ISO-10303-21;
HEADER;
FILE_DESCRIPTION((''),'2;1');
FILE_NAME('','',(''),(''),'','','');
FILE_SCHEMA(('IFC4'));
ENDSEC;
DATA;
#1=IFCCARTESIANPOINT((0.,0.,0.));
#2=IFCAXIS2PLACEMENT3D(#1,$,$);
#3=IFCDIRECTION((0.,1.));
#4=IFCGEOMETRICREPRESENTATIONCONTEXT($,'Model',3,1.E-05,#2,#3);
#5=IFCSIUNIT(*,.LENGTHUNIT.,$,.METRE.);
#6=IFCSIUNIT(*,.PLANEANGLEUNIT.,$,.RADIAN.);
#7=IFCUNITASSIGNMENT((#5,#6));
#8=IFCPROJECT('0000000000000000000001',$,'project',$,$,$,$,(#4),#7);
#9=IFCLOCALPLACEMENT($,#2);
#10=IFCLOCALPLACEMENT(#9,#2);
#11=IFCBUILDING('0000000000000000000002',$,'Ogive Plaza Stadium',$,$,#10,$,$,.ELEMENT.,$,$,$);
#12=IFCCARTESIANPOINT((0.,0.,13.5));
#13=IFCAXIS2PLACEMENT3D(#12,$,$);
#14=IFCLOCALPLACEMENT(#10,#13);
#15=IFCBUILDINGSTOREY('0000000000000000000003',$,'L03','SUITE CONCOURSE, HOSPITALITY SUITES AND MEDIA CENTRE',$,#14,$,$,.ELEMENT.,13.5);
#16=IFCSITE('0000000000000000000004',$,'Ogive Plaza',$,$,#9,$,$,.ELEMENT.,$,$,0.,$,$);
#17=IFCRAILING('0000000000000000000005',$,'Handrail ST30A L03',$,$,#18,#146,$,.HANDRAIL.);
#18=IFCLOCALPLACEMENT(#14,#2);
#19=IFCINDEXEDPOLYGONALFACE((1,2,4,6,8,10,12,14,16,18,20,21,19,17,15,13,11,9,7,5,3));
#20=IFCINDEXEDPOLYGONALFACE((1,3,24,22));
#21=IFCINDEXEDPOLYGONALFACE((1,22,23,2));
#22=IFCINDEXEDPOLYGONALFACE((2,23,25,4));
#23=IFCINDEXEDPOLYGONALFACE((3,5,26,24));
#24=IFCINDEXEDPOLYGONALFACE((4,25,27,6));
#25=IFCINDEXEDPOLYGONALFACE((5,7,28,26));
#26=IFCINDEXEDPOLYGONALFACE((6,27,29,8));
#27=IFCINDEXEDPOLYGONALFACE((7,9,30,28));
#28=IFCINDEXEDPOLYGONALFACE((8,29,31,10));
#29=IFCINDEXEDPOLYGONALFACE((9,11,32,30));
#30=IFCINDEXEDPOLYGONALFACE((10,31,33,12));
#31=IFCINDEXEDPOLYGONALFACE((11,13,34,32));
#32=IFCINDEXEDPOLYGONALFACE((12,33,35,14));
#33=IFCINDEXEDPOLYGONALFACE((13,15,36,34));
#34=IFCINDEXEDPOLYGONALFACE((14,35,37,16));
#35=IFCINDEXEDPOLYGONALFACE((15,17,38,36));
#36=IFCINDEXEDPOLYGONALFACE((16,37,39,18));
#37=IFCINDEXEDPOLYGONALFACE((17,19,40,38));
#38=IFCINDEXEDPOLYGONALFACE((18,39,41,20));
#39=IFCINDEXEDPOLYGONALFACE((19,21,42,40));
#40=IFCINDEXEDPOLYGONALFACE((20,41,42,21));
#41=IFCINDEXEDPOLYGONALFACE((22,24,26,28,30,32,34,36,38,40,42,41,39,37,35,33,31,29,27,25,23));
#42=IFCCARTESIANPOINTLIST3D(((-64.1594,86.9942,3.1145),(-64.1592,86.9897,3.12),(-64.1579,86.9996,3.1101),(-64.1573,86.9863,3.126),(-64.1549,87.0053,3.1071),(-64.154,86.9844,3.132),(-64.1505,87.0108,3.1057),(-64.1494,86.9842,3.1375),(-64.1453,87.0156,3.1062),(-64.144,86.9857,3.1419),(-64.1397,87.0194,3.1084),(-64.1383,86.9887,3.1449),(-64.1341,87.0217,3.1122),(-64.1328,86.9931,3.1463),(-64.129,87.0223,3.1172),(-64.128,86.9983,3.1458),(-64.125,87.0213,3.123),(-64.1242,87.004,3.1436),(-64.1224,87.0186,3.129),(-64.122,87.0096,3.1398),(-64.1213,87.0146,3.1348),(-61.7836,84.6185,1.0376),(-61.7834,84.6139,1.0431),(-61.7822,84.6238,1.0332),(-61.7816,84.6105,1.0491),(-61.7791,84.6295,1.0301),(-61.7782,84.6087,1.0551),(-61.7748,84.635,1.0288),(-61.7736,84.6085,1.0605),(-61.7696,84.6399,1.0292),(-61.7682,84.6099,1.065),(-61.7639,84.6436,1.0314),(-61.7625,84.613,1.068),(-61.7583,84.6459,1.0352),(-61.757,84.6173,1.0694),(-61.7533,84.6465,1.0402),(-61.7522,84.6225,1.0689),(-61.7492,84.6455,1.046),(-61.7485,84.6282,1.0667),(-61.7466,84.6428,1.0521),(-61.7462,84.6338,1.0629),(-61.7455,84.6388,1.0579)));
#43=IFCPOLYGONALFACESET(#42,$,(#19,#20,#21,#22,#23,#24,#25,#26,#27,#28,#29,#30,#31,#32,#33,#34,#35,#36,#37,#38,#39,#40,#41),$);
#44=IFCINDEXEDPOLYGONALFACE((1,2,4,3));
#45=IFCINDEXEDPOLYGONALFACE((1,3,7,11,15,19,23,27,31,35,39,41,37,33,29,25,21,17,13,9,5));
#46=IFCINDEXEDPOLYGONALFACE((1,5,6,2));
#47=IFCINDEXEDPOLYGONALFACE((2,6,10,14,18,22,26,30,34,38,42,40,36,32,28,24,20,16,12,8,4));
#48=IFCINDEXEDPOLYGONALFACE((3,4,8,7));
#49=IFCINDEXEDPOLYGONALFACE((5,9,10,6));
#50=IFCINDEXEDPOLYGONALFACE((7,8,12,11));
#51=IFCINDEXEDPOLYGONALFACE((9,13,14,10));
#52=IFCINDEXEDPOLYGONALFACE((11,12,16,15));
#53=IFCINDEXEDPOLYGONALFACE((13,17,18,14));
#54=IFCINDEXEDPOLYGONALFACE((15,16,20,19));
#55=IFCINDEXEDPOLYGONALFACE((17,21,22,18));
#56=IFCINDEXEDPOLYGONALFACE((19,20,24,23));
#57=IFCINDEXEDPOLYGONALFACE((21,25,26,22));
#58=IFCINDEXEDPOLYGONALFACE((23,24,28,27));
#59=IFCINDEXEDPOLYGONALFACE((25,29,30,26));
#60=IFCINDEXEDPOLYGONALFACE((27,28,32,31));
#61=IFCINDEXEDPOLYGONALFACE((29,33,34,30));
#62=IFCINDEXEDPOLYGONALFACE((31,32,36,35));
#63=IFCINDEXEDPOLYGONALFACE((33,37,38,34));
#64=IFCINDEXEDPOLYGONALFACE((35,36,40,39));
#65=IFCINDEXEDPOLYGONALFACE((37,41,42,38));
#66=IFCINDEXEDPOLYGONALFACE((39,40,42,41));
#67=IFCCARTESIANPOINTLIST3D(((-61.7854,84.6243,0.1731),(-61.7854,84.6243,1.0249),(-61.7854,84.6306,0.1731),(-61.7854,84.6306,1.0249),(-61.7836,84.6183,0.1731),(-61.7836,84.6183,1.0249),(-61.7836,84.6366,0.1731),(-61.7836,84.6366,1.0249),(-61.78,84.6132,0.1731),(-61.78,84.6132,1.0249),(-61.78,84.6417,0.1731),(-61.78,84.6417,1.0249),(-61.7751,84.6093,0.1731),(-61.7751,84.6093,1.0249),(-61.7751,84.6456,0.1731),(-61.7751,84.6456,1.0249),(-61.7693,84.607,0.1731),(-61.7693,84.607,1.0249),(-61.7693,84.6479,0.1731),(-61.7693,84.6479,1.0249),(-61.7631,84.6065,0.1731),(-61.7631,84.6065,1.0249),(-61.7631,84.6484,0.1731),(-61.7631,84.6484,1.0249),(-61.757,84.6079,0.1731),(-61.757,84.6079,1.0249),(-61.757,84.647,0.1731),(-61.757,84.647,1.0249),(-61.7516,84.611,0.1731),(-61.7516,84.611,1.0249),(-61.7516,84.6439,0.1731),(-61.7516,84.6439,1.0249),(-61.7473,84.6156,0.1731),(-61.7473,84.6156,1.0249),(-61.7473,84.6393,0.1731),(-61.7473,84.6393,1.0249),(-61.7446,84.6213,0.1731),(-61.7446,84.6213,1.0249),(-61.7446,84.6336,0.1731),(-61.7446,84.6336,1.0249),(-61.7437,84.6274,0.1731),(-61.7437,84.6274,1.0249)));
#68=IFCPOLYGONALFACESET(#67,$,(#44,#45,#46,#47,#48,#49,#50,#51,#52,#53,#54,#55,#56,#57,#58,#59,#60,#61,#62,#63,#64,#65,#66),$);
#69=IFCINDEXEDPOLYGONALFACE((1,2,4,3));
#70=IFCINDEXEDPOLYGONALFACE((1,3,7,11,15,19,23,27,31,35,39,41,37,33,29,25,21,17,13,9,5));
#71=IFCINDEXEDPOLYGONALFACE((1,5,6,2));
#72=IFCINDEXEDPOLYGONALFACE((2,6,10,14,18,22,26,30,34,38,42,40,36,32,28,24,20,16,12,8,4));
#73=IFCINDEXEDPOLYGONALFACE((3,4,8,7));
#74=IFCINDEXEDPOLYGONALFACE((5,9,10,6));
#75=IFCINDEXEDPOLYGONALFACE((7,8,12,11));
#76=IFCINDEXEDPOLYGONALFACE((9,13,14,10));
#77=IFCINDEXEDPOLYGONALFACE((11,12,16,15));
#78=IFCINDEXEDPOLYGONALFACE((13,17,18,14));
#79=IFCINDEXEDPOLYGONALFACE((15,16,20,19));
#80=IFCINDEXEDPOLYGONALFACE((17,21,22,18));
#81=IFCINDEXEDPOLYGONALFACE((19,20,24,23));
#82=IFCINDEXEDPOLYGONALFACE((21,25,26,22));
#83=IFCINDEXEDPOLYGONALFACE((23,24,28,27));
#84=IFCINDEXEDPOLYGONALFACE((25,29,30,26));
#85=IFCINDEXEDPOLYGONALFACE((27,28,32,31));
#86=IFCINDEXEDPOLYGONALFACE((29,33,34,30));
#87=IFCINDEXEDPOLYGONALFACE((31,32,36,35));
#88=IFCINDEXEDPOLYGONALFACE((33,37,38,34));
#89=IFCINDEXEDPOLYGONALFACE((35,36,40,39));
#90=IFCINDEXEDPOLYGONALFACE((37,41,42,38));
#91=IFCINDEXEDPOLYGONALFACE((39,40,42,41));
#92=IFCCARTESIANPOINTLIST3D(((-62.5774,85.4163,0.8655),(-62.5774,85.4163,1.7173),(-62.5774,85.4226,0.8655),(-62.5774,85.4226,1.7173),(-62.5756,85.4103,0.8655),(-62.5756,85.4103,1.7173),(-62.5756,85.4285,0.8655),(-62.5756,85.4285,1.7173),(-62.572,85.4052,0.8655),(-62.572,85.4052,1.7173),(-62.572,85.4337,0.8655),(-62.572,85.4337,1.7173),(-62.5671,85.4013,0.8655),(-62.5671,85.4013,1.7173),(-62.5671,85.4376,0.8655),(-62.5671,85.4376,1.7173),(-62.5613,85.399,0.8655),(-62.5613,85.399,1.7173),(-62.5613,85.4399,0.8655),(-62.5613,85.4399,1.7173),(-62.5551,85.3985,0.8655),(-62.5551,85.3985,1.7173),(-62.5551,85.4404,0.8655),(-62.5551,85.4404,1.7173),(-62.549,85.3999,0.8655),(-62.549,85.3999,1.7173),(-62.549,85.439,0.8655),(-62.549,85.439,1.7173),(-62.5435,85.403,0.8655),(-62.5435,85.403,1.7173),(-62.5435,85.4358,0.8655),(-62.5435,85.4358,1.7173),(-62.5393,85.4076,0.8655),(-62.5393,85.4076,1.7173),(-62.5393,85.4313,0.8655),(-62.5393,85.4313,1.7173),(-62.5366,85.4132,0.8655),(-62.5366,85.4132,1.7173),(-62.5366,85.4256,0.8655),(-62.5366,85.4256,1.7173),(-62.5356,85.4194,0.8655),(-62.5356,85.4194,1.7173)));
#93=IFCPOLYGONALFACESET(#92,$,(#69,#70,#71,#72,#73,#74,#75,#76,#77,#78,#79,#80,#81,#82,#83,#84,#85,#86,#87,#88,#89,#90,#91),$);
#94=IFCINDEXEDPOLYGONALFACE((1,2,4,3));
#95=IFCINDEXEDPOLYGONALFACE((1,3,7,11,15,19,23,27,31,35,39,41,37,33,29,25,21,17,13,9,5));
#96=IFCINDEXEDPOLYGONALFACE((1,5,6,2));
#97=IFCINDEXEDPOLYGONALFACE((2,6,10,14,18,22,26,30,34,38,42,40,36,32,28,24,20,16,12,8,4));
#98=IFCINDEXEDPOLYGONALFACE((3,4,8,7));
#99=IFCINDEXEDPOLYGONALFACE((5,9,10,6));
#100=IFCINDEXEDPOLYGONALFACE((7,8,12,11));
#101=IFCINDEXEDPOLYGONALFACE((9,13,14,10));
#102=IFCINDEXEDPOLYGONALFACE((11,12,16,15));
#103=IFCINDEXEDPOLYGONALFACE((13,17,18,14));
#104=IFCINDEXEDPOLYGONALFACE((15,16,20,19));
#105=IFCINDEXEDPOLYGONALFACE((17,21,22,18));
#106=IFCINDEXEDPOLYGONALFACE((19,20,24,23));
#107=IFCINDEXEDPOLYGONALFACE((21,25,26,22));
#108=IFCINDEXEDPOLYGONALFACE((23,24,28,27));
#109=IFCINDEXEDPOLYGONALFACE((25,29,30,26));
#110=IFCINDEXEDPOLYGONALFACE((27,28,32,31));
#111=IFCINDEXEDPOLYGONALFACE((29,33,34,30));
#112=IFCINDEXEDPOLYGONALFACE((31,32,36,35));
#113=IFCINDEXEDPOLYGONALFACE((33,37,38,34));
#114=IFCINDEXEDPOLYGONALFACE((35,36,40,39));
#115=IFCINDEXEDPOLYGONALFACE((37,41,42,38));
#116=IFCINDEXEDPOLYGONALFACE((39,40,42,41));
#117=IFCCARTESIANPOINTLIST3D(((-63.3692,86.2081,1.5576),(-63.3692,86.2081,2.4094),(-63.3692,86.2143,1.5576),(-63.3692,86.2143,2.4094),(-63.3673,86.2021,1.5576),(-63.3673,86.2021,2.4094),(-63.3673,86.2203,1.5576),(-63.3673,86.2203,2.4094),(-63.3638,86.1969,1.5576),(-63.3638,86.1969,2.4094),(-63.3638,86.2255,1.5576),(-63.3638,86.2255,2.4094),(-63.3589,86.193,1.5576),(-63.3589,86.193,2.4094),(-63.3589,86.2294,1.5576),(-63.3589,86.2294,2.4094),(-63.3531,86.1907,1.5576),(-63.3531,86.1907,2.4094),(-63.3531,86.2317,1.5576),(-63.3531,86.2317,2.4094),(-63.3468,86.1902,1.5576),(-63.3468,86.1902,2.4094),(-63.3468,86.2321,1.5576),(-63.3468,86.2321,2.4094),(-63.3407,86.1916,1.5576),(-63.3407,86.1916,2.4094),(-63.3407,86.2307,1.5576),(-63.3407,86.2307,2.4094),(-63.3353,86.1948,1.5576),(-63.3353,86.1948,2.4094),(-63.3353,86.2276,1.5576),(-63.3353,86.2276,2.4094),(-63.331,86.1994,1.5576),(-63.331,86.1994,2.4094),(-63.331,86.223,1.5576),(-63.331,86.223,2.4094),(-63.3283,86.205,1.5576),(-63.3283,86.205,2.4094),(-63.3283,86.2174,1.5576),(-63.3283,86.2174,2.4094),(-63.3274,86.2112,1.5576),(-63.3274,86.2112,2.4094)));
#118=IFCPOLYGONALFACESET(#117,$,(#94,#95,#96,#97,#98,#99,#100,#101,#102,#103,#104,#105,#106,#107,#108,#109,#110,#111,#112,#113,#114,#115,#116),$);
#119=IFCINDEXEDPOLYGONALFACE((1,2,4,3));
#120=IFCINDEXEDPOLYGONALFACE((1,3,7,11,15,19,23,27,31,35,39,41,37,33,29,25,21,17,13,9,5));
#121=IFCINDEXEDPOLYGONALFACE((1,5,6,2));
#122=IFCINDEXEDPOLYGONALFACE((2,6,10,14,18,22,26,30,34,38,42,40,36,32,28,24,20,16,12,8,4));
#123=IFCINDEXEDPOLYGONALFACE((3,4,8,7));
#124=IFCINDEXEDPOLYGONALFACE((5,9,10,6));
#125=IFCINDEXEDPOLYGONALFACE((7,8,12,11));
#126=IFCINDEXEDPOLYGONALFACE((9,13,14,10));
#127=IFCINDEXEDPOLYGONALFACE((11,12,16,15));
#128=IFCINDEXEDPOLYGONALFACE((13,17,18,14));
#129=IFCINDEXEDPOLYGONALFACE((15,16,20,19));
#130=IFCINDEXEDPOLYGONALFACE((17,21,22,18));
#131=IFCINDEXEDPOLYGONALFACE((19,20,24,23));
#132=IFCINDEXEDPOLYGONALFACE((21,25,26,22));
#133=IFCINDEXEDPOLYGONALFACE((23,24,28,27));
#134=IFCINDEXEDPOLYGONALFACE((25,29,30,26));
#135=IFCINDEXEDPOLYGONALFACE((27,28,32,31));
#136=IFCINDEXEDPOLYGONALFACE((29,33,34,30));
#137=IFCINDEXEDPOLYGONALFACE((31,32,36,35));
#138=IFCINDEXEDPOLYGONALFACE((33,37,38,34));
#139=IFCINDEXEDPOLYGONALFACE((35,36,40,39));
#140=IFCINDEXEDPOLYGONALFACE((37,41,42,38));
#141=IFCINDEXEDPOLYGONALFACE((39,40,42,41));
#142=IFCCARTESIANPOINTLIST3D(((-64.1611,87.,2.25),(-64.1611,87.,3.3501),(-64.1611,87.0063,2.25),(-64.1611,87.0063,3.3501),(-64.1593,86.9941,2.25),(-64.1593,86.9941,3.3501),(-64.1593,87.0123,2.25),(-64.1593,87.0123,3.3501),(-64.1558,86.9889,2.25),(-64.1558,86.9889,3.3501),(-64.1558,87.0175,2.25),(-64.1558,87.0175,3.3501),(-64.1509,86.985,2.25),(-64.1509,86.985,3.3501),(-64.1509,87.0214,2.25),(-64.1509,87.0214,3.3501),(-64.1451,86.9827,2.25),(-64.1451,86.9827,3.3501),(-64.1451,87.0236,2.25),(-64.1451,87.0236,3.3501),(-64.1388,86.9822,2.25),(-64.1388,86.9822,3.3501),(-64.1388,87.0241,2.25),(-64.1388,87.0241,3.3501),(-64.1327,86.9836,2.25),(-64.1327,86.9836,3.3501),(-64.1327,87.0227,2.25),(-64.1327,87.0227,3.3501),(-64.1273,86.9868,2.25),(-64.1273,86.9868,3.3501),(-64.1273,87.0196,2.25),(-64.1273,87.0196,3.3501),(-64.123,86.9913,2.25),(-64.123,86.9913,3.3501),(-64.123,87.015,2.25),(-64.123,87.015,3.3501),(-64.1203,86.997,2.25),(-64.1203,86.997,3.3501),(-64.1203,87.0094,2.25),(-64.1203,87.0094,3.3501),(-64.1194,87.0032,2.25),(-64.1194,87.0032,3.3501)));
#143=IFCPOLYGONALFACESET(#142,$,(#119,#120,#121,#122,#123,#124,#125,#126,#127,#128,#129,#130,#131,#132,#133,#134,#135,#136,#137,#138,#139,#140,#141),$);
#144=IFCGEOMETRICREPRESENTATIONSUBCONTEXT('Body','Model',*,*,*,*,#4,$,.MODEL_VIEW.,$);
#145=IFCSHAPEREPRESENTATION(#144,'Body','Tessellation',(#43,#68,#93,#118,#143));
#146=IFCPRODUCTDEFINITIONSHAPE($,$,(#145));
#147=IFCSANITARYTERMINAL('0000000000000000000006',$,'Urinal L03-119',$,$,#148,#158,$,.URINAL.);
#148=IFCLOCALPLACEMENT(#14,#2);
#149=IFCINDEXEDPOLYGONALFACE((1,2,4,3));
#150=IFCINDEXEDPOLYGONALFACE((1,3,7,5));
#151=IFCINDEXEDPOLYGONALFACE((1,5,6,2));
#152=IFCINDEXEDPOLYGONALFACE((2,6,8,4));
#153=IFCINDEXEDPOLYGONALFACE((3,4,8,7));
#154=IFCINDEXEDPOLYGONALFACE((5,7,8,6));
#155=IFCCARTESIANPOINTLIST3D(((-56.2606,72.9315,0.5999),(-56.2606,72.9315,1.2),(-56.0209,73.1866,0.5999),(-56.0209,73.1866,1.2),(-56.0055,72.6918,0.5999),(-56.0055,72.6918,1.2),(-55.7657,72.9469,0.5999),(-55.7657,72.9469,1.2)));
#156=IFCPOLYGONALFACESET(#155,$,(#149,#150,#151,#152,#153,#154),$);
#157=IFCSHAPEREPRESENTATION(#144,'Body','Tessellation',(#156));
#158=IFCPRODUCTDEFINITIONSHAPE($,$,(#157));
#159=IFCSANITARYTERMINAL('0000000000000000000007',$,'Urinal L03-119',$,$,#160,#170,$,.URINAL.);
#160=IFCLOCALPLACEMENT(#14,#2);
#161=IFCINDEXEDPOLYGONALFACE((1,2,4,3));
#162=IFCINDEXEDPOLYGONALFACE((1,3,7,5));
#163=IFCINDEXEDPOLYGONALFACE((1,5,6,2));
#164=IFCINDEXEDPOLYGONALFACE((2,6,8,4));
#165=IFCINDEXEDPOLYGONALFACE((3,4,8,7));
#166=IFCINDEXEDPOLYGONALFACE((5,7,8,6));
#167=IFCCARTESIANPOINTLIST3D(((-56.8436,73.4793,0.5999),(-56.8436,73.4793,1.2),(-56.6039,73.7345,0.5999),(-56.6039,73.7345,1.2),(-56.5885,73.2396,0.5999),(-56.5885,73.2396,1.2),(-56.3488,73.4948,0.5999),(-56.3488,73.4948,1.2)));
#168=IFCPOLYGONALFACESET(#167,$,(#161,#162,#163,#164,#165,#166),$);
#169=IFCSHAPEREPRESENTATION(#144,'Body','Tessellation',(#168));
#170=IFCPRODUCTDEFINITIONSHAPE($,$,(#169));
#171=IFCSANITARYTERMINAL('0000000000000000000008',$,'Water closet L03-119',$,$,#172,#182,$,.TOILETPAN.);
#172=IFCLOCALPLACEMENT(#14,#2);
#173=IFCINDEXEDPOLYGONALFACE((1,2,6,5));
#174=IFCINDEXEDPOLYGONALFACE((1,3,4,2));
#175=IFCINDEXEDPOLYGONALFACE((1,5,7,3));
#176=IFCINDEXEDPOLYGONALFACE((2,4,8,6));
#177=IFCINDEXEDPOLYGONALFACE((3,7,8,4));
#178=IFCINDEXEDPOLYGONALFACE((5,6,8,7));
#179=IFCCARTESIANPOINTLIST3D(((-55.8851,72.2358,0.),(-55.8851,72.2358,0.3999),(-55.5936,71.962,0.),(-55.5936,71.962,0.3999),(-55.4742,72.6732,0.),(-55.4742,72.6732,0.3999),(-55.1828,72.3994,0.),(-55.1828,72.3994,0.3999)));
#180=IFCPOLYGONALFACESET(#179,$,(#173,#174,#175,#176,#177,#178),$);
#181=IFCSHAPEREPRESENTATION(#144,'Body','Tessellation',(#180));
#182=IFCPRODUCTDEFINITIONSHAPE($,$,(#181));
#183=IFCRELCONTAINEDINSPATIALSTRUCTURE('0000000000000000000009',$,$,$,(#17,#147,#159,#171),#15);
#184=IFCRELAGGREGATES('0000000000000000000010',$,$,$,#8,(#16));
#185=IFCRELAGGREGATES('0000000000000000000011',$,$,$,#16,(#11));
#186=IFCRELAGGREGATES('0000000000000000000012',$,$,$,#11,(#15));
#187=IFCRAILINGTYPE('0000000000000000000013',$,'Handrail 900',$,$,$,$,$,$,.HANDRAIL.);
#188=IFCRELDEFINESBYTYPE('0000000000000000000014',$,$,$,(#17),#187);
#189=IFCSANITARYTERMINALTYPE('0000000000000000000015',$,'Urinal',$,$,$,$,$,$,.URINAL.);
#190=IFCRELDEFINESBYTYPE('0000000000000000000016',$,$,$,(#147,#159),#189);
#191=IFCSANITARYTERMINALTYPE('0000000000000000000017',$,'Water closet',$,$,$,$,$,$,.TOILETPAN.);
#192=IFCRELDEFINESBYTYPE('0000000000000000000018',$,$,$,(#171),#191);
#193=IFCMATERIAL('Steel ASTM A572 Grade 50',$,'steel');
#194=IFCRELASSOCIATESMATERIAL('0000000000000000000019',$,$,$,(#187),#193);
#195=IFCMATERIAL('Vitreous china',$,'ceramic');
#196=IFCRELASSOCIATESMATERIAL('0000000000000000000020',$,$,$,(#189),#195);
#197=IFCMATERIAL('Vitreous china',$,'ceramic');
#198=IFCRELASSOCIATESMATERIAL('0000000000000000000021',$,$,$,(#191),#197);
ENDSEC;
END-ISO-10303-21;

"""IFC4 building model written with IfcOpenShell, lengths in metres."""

from ifc_helpers import new_model, si_unit, direction, frame, origin, origin_2d, place, context, subcontext, project, spatial, rectangle, circle, extrude, material, type_object, element, save


model = new_model("IFC4")

# Units and contexts
model_context = context("Model", 3, precision=1e-05, world=origin(), true_north=direction((0.0, 1.0)))
body_context = subcontext(model_context, "Body", "Model", "MODEL_VIEW")
ifc_project = project(units=[si_unit("LENGTHUNIT", "METRE"), si_unit("PLANEANGLEUNIT", "RADIAN")], contexts=[model_context])

# Site, building, storey
site_placement = place(None, origin())
site = spatial("IfcSite", under=ifc_project, at=site_placement, Name="Ogive Plaza", CompositionType="ELEMENT", RefElevation=0.0)
building_placement = place(site_placement, origin())
building = spatial("IfcBuilding", under=site, at=building_placement, Name="Ogive Plaza Stadium", CompositionType="ELEMENT")
storey_placement = place(building_placement, frame((0.0, 0.0, 13.5)))
storey = spatial("IfcBuildingStorey", under=building, at=storey_placement, Name="L03", Description="SUITE CONCOURSE, HOSPITALITY SUITES AND MEDIA CENTRE", CompositionType="ELEMENT", Elevation=13.5)

# Railing
ifc_material_1 = material(Name="Steel ASTM A572 Grade 50", Category="steel")
railing_type_1 = type_object("IfcRailingType", Name="Handrail 900", PredefinedType="HANDRAIL", material=ifc_material_1)
railing_1_placement = place(storey_placement, frame((-61.7646, 84.6274, 0.1731)))
element("IfcRailing", 1, at=railing_1_placement, inside=storey, type_object=railing_type_1, Name="Handrail ST30A L03", PredefinedType="HANDRAIL", context=body_context, shape_type="SweptSolid", body=[
    extrude(circle(Radius=0.0239, at=origin_2d()), frame((0.0, 0.0, 0.876), z_axis=(-0.601466, 0.601466, 0.525811), x_axis=(-0.707107, -0.707107, 0.0)), (0.0, 0.0, 1.0), 3.95),
    extrude(circle(Radius=0.021, at=origin_2d()), origin(), (0.0, 0.0, 1.0), 0.8518),
    extrude(circle(Radius=0.021, at=origin_2d()), frame((-0.792, 0.792, 0.6924)), (0.0, 0.0, 1.0), 0.8518),
    extrude(circle(Radius=0.021, at=origin_2d()), frame((-1.5837, 1.5837, 1.3845)), (0.0, 0.0, 1.0), 0.8518),
    extrude(circle(Radius=0.021, at=origin_2d()), frame((-2.3757, 2.3757, 2.0769)), (0.0, 0.0, 1.0), 1.1001),
])

# Sanitary terminals
ifc_material_2 = material(Name="Vitreous china", Category="ceramic")
sanitary_terminal_type_1 = type_object("IfcSanitaryTerminalType", Name="Urinal", PredefinedType="URINAL", material=ifc_material_2)
for number, where, z_axis, x_axis, name in (
    (2, (-56.0132, 72.9392, 0.5999), (0.0, 0.0, 1.0), (-0.728842, 0.684682, 0.0), "Urinal L03-119"),
    (3, (-56.5962, 73.4871, 0.5999), (0.0, 0.0, 1.0), (-0.728842, 0.684682, 0.0), "Urinal L03-119"),
):
    element("IfcSanitaryTerminal", number, at=place(storey_placement, frame(where, z_axis=z_axis, x_axis=x_axis)), inside=storey, type_object=sanitary_terminal_type_1, Name=name, PredefinedType="URINAL", context=body_context, shape_type="SweptSolid", body=[
        extrude(rectangle(XDim=0.3501, YDim=0.3501, at=origin_2d()), origin(), (0.0, 0.0, 1.0), 0.6001),
    ])
ifc_material_3 = material(Name="Vitreous china", Category="ceramic")
sanitary_terminal_type_2 = type_object("IfcSanitaryTerminalType", Name="Water closet", PredefinedType="TOILETPAN", material=ifc_material_3)
sanitary_terminal_placement = place(storey_placement, frame((-55.5339, 72.3176, 0.0), z_axis=(0.0, 0.0, 1.0), x_axis=(-0.728842, 0.684682, 0.0)))
element("IfcSanitaryTerminal", 4, at=sanitary_terminal_placement, inside=storey, type_object=sanitary_terminal_type_2, Name="Water closet L03-119", PredefinedType="TOILETPAN", context=body_context, shape_type="SweptSolid", body=[
    extrude(rectangle(XDim=0.3999, YDim=0.6001, at=origin_2d()), origin(), (0.0, 0.0, 1.0), 0.3999),
])

save(model, "model.ifc")
